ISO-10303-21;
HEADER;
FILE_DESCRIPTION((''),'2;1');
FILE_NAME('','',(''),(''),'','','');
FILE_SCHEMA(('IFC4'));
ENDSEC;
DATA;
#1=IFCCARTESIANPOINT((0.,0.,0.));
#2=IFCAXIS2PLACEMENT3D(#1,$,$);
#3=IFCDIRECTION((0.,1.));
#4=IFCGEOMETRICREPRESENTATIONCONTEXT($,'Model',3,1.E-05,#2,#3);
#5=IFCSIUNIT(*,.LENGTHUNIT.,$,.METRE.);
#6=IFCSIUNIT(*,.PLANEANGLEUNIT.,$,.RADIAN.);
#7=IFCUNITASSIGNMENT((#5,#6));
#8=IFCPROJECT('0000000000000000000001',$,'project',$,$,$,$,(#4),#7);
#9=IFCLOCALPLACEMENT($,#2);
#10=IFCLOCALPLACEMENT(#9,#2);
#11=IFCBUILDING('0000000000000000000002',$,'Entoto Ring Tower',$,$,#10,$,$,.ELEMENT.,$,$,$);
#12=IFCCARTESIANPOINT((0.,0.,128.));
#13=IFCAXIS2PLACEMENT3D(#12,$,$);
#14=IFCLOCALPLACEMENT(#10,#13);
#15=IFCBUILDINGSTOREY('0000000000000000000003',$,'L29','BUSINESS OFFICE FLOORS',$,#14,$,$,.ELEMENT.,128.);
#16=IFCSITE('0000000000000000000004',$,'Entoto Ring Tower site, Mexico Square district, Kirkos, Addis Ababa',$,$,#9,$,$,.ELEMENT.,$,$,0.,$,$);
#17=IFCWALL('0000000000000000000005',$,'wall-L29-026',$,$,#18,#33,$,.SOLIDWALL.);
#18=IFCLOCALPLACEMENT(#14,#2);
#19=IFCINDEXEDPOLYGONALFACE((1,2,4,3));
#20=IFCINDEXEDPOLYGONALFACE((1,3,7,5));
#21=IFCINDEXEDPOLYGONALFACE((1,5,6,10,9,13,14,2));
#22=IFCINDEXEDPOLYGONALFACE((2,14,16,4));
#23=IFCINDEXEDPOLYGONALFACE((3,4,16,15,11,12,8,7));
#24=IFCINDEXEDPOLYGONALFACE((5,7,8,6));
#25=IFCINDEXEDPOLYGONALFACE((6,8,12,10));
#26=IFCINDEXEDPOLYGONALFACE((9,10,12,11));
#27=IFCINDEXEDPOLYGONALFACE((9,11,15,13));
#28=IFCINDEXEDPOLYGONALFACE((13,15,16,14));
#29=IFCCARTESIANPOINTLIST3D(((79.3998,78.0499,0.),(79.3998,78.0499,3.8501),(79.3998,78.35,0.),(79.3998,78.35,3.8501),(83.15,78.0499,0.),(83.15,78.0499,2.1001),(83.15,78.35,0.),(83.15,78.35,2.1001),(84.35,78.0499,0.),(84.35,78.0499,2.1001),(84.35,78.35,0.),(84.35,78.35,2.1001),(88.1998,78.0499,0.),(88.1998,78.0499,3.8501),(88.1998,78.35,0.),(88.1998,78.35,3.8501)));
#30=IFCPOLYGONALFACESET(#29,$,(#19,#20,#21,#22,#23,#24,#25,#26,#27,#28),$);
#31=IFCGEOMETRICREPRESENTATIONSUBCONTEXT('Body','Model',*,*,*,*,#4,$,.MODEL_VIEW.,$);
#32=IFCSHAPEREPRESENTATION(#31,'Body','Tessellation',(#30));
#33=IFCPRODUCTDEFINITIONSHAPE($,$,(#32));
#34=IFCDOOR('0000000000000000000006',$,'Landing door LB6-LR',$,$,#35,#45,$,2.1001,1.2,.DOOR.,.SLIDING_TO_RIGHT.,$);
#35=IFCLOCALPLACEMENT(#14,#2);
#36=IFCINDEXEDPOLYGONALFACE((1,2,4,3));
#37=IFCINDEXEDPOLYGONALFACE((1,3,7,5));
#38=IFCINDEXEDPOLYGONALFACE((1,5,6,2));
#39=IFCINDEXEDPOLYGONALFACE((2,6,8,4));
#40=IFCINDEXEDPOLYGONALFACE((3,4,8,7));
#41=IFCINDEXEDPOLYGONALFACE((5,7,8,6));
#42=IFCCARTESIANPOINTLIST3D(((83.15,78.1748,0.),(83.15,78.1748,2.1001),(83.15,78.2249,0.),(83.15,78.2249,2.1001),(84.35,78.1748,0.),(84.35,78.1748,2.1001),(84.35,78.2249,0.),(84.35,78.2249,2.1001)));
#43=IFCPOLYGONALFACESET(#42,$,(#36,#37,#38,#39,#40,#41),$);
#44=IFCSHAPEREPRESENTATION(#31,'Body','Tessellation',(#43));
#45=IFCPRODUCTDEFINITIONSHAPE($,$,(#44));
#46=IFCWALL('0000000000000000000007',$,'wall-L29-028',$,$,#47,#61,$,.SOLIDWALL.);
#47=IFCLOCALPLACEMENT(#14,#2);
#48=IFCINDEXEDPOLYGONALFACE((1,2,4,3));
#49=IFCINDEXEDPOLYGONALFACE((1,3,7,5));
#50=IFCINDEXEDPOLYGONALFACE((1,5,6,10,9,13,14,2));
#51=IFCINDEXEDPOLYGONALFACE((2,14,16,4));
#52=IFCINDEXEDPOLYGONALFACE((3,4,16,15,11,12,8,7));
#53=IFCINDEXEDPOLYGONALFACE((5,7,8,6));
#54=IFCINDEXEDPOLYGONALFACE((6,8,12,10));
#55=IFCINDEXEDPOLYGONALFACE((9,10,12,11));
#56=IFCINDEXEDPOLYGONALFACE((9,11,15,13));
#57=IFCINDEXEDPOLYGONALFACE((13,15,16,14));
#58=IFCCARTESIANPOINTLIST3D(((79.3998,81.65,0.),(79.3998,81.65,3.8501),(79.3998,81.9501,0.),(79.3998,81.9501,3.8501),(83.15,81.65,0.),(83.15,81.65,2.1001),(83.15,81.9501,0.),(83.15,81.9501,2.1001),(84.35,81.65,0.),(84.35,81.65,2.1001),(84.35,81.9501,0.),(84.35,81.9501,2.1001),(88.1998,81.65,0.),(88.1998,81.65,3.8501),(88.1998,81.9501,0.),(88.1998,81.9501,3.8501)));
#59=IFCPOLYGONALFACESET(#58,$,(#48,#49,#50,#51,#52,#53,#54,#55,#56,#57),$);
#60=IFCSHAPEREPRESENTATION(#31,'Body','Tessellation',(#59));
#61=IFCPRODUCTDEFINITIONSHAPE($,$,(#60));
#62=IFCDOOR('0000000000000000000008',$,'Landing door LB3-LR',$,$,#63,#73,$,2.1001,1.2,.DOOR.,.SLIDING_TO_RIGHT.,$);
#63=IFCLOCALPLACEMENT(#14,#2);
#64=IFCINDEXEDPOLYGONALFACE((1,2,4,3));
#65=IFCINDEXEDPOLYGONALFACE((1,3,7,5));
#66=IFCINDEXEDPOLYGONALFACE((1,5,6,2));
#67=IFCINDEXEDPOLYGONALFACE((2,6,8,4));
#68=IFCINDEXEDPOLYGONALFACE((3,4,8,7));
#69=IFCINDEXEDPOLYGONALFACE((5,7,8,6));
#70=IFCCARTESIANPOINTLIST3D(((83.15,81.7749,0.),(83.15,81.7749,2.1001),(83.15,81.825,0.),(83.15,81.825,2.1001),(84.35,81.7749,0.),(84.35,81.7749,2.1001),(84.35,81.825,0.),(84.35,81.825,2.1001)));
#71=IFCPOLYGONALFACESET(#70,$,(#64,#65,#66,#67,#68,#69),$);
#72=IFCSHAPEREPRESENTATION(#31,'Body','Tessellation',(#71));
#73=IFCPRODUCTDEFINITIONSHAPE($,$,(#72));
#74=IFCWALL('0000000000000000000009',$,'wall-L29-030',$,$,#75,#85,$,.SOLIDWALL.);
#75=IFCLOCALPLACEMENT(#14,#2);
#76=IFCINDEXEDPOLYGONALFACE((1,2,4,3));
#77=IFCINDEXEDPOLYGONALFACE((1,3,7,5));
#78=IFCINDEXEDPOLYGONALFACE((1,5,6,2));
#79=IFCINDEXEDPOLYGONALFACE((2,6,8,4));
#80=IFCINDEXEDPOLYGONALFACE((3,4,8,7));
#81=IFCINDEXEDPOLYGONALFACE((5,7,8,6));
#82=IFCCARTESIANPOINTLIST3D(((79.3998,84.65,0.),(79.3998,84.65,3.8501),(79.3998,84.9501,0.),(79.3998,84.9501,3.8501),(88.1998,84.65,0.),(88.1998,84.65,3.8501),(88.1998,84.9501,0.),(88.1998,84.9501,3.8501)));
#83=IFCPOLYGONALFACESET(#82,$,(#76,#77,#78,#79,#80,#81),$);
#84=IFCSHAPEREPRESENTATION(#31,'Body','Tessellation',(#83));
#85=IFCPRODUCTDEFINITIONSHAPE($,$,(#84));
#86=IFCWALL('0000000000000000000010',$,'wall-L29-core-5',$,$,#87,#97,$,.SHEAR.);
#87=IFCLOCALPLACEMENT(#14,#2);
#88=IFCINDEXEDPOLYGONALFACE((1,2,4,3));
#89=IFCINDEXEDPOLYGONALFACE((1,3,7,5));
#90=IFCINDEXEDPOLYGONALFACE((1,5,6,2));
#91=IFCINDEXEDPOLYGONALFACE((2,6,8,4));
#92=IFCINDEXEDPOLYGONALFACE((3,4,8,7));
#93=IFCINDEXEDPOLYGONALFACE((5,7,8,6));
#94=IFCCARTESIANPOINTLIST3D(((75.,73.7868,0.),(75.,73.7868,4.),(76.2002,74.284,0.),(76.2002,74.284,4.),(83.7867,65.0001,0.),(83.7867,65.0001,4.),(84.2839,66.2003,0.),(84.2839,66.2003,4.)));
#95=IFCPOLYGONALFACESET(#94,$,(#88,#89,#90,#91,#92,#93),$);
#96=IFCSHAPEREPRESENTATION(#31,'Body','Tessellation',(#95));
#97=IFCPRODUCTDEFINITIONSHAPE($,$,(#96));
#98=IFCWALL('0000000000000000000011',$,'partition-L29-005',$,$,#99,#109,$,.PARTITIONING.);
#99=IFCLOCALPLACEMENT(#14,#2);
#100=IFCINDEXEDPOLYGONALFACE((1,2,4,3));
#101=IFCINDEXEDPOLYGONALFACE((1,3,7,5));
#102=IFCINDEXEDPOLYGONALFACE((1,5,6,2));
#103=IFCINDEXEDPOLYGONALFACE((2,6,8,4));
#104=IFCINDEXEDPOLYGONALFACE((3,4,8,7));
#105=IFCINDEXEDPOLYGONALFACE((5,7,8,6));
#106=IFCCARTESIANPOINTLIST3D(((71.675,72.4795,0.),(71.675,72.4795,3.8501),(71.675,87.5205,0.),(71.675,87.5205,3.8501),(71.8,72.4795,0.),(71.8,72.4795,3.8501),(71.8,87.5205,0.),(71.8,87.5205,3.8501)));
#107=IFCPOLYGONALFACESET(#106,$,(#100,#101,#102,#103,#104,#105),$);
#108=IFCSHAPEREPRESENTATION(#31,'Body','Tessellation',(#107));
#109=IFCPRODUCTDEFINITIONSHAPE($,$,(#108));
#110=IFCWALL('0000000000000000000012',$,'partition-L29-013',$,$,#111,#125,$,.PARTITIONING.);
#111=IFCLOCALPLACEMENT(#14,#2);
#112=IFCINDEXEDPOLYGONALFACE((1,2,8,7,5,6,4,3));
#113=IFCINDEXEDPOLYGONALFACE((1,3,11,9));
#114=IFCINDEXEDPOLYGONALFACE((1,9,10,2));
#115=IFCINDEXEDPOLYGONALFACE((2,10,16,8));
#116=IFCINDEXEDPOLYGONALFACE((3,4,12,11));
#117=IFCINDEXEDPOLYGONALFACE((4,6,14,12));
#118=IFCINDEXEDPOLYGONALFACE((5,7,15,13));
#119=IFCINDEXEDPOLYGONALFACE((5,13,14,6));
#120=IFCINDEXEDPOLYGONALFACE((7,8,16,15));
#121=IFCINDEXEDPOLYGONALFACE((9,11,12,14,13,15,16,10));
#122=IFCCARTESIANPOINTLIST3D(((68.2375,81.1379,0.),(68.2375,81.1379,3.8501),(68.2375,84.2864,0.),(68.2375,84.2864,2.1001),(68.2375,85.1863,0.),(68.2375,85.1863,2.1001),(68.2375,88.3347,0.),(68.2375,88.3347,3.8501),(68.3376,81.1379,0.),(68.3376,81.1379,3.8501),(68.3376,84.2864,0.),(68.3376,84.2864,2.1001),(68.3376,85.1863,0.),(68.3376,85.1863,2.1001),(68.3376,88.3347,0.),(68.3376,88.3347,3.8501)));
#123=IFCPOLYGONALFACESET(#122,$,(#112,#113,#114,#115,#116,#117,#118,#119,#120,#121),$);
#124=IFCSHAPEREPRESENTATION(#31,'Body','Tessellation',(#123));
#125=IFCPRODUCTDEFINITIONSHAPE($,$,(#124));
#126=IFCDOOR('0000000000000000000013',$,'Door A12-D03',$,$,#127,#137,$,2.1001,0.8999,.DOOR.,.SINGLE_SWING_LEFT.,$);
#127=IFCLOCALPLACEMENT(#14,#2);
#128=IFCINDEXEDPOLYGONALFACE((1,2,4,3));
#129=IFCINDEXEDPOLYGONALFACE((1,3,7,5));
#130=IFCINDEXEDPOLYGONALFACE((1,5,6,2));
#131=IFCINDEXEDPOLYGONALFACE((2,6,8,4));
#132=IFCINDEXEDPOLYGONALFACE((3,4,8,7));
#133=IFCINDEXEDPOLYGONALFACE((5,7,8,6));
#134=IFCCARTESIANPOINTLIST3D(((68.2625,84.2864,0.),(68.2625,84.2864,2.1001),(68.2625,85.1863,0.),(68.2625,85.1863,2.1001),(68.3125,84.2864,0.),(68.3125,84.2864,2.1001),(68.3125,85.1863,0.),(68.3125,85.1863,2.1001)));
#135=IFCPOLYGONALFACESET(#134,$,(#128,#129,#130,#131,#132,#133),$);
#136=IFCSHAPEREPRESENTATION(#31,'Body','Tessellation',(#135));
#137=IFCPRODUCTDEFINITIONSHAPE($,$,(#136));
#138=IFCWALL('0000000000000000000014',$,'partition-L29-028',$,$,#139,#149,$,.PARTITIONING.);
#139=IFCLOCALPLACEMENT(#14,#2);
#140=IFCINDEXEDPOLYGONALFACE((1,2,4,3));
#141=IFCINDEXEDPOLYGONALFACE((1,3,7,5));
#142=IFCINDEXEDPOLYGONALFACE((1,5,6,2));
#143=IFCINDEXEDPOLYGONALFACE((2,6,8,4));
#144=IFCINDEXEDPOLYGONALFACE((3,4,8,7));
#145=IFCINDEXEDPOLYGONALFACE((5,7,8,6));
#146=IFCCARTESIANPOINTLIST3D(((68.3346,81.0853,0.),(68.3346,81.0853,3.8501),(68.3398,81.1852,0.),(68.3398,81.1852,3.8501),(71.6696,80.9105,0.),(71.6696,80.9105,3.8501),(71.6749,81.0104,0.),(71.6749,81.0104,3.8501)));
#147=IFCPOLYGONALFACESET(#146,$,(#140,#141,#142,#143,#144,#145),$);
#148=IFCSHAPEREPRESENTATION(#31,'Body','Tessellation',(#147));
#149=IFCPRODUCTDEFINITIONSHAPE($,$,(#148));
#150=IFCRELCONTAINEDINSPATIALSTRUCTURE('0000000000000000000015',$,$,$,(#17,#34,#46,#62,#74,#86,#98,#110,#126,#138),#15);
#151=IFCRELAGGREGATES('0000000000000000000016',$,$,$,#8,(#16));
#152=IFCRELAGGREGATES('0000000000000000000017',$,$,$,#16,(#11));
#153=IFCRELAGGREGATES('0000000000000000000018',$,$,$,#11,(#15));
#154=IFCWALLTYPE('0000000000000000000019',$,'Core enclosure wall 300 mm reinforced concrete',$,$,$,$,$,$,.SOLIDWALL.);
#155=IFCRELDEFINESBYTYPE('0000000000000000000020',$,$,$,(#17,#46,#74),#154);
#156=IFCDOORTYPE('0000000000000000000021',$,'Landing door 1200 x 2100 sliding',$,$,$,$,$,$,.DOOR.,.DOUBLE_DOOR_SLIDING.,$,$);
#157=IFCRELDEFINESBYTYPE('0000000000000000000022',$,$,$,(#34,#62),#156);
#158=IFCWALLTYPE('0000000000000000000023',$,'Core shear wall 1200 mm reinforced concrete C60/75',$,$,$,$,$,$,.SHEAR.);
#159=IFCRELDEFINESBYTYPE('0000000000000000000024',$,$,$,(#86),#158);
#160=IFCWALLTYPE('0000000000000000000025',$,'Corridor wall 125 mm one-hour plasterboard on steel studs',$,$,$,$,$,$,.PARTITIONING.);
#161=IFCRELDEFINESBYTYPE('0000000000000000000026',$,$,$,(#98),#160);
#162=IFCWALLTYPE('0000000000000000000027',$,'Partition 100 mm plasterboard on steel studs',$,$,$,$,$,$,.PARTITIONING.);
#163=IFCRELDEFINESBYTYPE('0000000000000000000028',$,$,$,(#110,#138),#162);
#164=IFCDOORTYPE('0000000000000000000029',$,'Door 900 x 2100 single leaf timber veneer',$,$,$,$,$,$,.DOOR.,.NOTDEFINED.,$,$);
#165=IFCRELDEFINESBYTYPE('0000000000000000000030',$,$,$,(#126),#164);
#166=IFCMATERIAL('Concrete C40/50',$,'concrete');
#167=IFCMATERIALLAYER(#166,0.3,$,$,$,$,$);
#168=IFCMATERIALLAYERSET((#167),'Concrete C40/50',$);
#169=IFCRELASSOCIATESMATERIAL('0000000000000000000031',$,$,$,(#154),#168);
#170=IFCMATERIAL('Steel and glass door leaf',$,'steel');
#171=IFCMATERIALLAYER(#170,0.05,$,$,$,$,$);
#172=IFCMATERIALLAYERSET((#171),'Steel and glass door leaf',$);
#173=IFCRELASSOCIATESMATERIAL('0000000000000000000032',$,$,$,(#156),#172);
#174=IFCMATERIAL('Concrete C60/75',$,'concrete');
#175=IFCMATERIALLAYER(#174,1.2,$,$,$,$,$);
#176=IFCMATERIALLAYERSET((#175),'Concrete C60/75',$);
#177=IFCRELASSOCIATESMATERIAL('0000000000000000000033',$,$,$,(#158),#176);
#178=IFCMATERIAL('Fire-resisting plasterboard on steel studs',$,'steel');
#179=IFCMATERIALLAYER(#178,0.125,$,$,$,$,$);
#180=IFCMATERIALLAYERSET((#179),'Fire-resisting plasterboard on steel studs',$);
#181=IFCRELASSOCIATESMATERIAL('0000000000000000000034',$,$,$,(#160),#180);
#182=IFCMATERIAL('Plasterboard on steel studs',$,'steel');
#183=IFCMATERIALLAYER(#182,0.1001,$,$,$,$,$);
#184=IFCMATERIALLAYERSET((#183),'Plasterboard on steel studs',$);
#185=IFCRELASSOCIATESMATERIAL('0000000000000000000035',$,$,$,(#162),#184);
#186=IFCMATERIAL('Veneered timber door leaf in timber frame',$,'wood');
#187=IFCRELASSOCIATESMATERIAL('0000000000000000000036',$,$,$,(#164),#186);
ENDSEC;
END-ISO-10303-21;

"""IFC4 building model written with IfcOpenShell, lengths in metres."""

from ifc_helpers import new_model, si_unit, direction, frame, frame_2d, origin, place, context, subcontext, project, spatial, polyline, rectangle, outline, extrude, material, layer, layer_set, type_object, element, fill, save


model = new_model("IFC4")

# Units and contexts
model_context = context("Model", 3, precision=1e-05, world=origin(), true_north=direction((0.0, 1.0)))
body_context = subcontext(model_context, "Body", "Model", "MODEL_VIEW")
ifc_project = project(units=[si_unit("LENGTHUNIT", "METRE"), si_unit("PLANEANGLEUNIT", "RADIAN")], contexts=[model_context])

# Site, building, storey
site_placement = place(None, origin())
site = spatial("IfcSite", under=ifc_project, at=site_placement, Name="Entoto Ring Tower site, Mexico Square district, Kirkos, Addis Ababa", CompositionType="ELEMENT", RefElevation=0.0)
building_placement = place(site_placement, origin())
building = spatial("IfcBuilding", under=site, at=building_placement, Name="Entoto Ring Tower", CompositionType="ELEMENT")
storey_placement = place(building_placement, frame((0.0, 0.0, 128.0)))
storey = spatial("IfcBuildingStorey", under=building, at=storey_placement, Name="L29", Description="BUSINESS OFFICE FLOORS", CompositionType="ELEMENT", Elevation=128.0)

# Shared definitions
ifc_material_1 = material(Name="Concrete C40/50", Category="concrete")
ifc_layer_1 = layer(ifc_material_1, 0.3)
ifc_layer_set_1 = layer_set([ifc_layer_1], Name="Concrete C40/50")
wall_type_1 = type_object("IfcWallType", Name="Core enclosure wall 300 mm reinforced concrete", PredefinedType="SOLIDWALL", material=ifc_layer_set_1)

# Walls, openings, doors
wall_1_placement = place(storey_placement, frame((79.3999, 78.2, 0.0), z_axis=(0.0, 0.0, 1.0), x_axis=(1.0, 0.0, 0.0)))
wall_1 = element("IfcWall", 1, at=wall_1_placement, inside=storey, type_object=wall_type_1, Name="wall-L29-026", PredefinedType="SOLIDWALL", context=body_context, shape_type="SweptSolid", body=[
    extrude(rectangle(XDim=8.8, YDim=0.3, at=frame_2d((4.3999, 0.0))), origin(), (0.0, 0.0, 1.0), 3.8501),
])
opening_1_placement = place(wall_1_placement, frame((3.75, 0.0, 0.0)))
opening_1 = element("IfcOpeningElement", 2, at=opening_1_placement, cuts=wall_1, PredefinedType="OPENING", context=body_context, shape_type="SweptSolid", body=[
    extrude(rectangle(XDim=1.2, YDim=2.1001, at=frame_2d((0.6001, 1.05))), frame((0.0, 0.1602, 0.0), z_axis=(0.0, -1.0, 0.0), x_axis=(1.0, 0.0, 0.0)), (0.0, 0.0, 1.0), 0.3201),
])
ifc_material_2 = material(Name="Steel and glass door leaf", Category="steel")
ifc_layer_2 = layer(ifc_material_2, 0.05)
ifc_layer_set_2 = layer_set([ifc_layer_2], Name="Steel and glass door leaf")
door_type_1 = type_object("IfcDoorType", Name="Landing door 1200 x 2100 sliding", OperationType="DOUBLE_DOOR_SLIDING", PredefinedType="DOOR", material=ifc_layer_set_2)
door_1_placement = place(opening_1_placement, origin())
door_1 = element("IfcDoor", 3, at=door_1_placement, inside=storey, type_object=door_type_1, Name="Landing door LB6-LR", OperationType="SLIDING_TO_RIGHT", OverallHeight=2.1001, OverallWidth=1.2, PredefinedType="DOOR", context=body_context, shape_type="SweptSolid", body=[
    extrude(rectangle(XDim=1.2, YDim=2.1001, at=frame_2d((0.6001, 1.05))), frame((0.0, 0.0249, 0.0), z_axis=(0.0, -1.0, 0.0), x_axis=(1.0, 0.0, 0.0)), (0.0, 0.0, 1.0), 0.05),
])
fill(opening_1, door_1)
wall_2_placement = place(storey_placement, frame((79.3999, 81.8, 0.0), z_axis=(0.0, 0.0, 1.0), x_axis=(1.0, 0.0, 0.0)))
wall_2 = element("IfcWall", 4, at=wall_2_placement, inside=storey, type_object=wall_type_1, Name="wall-L29-028", PredefinedType="SOLIDWALL", context=body_context, shape_type="SweptSolid", body=[
    extrude(rectangle(XDim=8.8, YDim=0.3, at=frame_2d((4.3999, 0.0))), origin(), (0.0, 0.0, 1.0), 3.8501),
])
opening_2_placement = place(wall_2_placement, frame((3.75, 0.0, 0.0)))
opening_2 = element("IfcOpeningElement", 5, at=opening_2_placement, cuts=wall_2, PredefinedType="OPENING", context=body_context, shape_type="SweptSolid", body=[
    extrude(rectangle(XDim=1.2, YDim=2.1001, at=frame_2d((0.6001, 1.05))), frame((0.0, 0.1602, 0.0), z_axis=(0.0, -1.0, 0.0), x_axis=(1.0, 0.0, 0.0)), (0.0, 0.0, 1.0), 0.3201),
])
door_2_placement = place(opening_2_placement, origin())
door_2 = element("IfcDoor", 6, at=door_2_placement, inside=storey, type_object=door_type_1, Name="Landing door LB3-LR", OperationType="SLIDING_TO_RIGHT", OverallHeight=2.1001, OverallWidth=1.2, PredefinedType="DOOR", context=body_context, shape_type="SweptSolid", body=[
    extrude(rectangle(XDim=1.2, YDim=2.1001, at=frame_2d((0.6001, 1.05))), frame((0.0, 0.0249, 0.0), z_axis=(0.0, -1.0, 0.0), x_axis=(1.0, 0.0, 0.0)), (0.0, 0.0, 1.0), 0.05),
])
fill(opening_2, door_2)

# Walls
wall_3_placement = place(storey_placement, frame((79.3999, 84.8, 0.0), z_axis=(0.0, 0.0, 1.0), x_axis=(1.0, 0.0, 0.0)))
element("IfcWall", 7, at=wall_3_placement, inside=storey, type_object=wall_type_1, Name="wall-L29-030", PredefinedType="SOLIDWALL", context=body_context, shape_type="SweptSolid", body=[
    extrude(rectangle(XDim=8.8, YDim=0.3, at=frame_2d((4.3999, 0.0))), origin(), (0.0, 0.0, 1.0), 3.8501),
])
ifc_material_3 = material(Name="Concrete C60/75", Category="concrete")
ifc_layer_3 = layer(ifc_material_3, 1.2)
ifc_layer_set_3 = layer_set([ifc_layer_3], Name="Concrete C60/75")
wall_type_2 = type_object("IfcWallType", Name="Core shear wall 1200 mm reinforced concrete C60/75", PredefinedType="SHEAR", material=ifc_layer_set_3)
wall_4_placement = place(storey_placement, frame((75.6001, 74.0354, 0.0), z_axis=(0.0, 0.0, 1.0), x_axis=(0.707107, -0.707107, 0.0)))
element("IfcWall", 8, at=wall_4_placement, inside=storey, type_object=wall_type_2, Name="wall-L29-core-5", PredefinedType="SHEAR", context=body_context, shape_type="SweptSolid", body=[
    extrude(outline(polyline([(-0.2485, -0.6001), (12.1777, -0.6001), (11.6807, 0.6001), (0.2485, 0.6001), (-0.2485, -0.6001)])), origin(), (0.0, 0.0, 1.0), 4.0),
])
ifc_material_4 = material(Name="Fire-resisting plasterboard on steel studs", Category="steel")
ifc_layer_4 = layer(ifc_material_4, 0.125)
ifc_layer_set_4 = layer_set([ifc_layer_4], Name="Fire-resisting plasterboard on steel studs")
wall_type_3 = type_object("IfcWallType", Name="Corridor wall 125 mm one-hour plasterboard on steel studs", PredefinedType="PARTITIONING", material=ifc_layer_set_4)
wall_5_placement = place(storey_placement, frame((71.7375, 72.4795, 0.0), z_axis=(0.0, 0.0, 1.0), x_axis=(0.0, 1.0, 0.0)))
element("IfcWall", 9, at=wall_5_placement, inside=storey, type_object=wall_type_3, Name="partition-L29-005", PredefinedType="PARTITIONING", context=body_context, shape_type="SweptSolid", body=[
    extrude(rectangle(XDim=15.041, YDim=0.125, at=frame_2d((7.5205, 0.0))), origin(), (0.0, 0.0, 1.0), 3.8501),
])

# Wall, opening, door
ifc_material_5 = material(Name="Plasterboard on steel studs", Category="steel")
ifc_layer_5 = layer(ifc_material_5, 0.1001)
ifc_layer_set_5 = layer_set([ifc_layer_5], Name="Plasterboard on steel studs")
wall_type_4 = type_object("IfcWallType", Name="Partition 100 mm plasterboard on steel studs", PredefinedType="PARTITIONING", material=ifc_layer_set_5)
wall_6_placement = place(storey_placement, frame((68.2876, 81.1379, 0.0), z_axis=(0.0, 0.0, 1.0), x_axis=(0.0, 1.0, 0.0)))
wall_6 = element("IfcWall", 10, at=wall_6_placement, inside=storey, type_object=wall_type_4, Name="partition-L29-013", PredefinedType="PARTITIONING", context=body_context, shape_type="SweptSolid", body=[
    extrude(rectangle(XDim=7.1968, YDim=0.1001, at=frame_2d((3.5984, 0.0))), origin(), (0.0, 0.0, 1.0), 3.8501),
])
opening_3_placement = place(wall_6_placement, frame((3.1484, 0.0, 0.0)))
opening_3 = element("IfcOpeningElement", 11, at=opening_3_placement, cuts=wall_6, PredefinedType="OPENING", context=body_context, shape_type="SweptSolid", body=[
    extrude(rectangle(XDim=0.8999, YDim=2.1001, at=frame_2d((0.45, 1.05))), frame((0.0, 0.0601, 0.0), z_axis=(0.0, -1.0, 0.0), x_axis=(1.0, 0.0, 0.0)), (0.0, 0.0, 1.0), 0.1201),
])
ifc_material_6 = material(Name="Veneered timber door leaf in timber frame", Category="wood")
door_type_2 = type_object("IfcDoorType", Name="Door 900 x 2100 single leaf timber veneer", OperationType="NOTDEFINED", PredefinedType="DOOR", material=ifc_material_6)
door_3_placement = place(opening_3_placement, frame((0.8999, 0.0, 0.0), z_axis=(0.0, 0.0, 1.0), x_axis=(-1.0, 0.0, 0.0)))
door_3 = element("IfcDoor", 12, at=door_3_placement, inside=storey, type_object=door_type_2, Name="Door A12-D03", OperationType="SINGLE_SWING_LEFT", OverallHeight=2.1001, OverallWidth=0.8999, PredefinedType="DOOR", context=body_context, shape_type="SweptSolid", body=[
    extrude(rectangle(XDim=0.8999, YDim=2.1001, at=frame_2d((0.45, 1.05))), frame((0.0, 0.0249, 0.0), z_axis=(0.0, -1.0, 0.0), x_axis=(1.0, 0.0, 0.0)), (0.0, 0.0, 1.0), 0.05),
])
fill(opening_3, door_3)

# Wall
wall_7_placement = place(storey_placement, frame((71.6724, 80.9604, 0.0), z_axis=(0.0, 0.0, 1.0), x_axis=(-0.998629, 0.052344, 0.0)))
element("IfcWall", 13, at=wall_7_placement, inside=storey, type_object=wall_type_4, Name="partition-L29-028", PredefinedType="PARTITIONING", context=body_context, shape_type="SweptSolid", body=[
    extrude(rectangle(XDim=3.3396, YDim=0.1001, at=frame_2d((1.6699, 0.0))), origin(), (0.0, 0.0, 1.0), 3.8501),
])

save(model, "model.ifc")
